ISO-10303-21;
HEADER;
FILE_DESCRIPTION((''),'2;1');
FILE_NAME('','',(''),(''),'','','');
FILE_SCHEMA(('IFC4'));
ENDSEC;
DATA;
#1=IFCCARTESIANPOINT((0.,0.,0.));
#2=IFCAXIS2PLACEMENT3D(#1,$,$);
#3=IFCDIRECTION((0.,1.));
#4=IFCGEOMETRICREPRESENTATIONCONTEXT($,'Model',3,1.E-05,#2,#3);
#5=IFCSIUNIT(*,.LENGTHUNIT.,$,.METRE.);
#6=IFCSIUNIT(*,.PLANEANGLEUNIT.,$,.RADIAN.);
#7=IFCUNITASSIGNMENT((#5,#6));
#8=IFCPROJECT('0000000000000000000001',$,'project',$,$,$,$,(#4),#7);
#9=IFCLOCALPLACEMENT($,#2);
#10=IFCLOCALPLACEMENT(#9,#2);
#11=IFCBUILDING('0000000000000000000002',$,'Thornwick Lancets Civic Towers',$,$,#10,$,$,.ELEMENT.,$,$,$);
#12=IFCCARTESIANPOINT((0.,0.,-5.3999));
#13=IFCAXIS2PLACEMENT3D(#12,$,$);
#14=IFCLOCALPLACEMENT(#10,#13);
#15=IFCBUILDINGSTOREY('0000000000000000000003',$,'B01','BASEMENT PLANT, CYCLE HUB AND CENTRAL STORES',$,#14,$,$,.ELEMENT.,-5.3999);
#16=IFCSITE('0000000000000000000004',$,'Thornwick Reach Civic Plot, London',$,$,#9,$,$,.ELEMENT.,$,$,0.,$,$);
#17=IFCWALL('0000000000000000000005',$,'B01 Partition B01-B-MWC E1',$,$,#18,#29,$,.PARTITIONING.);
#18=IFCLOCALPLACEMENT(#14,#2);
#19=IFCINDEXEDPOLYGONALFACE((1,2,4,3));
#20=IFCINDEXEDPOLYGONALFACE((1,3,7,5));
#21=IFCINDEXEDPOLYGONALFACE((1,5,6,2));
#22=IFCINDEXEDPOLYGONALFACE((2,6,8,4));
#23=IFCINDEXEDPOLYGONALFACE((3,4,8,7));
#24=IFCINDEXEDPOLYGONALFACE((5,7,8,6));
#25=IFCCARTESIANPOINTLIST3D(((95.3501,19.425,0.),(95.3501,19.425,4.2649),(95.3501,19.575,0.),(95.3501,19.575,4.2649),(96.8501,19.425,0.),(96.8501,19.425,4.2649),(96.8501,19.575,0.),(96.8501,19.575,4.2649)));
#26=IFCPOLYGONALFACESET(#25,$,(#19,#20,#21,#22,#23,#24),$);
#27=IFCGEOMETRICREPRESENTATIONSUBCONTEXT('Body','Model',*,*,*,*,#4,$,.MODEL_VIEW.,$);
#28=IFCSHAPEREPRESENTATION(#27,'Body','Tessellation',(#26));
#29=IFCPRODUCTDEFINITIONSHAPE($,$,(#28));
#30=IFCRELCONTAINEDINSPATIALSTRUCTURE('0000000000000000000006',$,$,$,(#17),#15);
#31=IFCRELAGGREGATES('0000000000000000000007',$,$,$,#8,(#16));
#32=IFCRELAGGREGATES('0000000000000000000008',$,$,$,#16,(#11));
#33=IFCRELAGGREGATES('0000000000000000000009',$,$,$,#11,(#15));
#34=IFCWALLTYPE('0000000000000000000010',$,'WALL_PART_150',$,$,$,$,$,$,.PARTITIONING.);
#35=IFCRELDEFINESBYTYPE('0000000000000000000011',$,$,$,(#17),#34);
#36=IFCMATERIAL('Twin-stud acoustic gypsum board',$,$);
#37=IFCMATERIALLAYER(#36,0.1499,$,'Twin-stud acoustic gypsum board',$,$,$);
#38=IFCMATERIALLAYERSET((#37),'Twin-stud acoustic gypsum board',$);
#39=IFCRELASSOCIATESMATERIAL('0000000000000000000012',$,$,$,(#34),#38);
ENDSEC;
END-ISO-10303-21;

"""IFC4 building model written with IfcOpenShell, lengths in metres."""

from ifc_helpers import new_model, si_unit, direction, frame, frame_2d, origin, place, context, subcontext, project, spatial, rectangle, extrude, material, layer, layer_set, type_object, element, save


model = new_model("IFC4")

# Units and contexts
model_context = context("Model", 3, precision=1e-05, world=origin(), true_north=direction((0.0, 1.0)))
body_context = subcontext(model_context, "Body", "Model", "MODEL_VIEW")
ifc_project = project(units=[si_unit("LENGTHUNIT", "METRE"), si_unit("PLANEANGLEUNIT", "RADIAN")], contexts=[model_context])

# Site, building, storey
site_placement = place(None, origin())
site = spatial("IfcSite", under=ifc_project, at=site_placement, Name="Thornwick Reach Civic Plot, London", CompositionType="ELEMENT", RefElevation=0.0)
building_placement = place(site_placement, origin())
building = spatial("IfcBuilding", under=site, at=building_placement, Name="Thornwick Lancets Civic Towers", CompositionType="ELEMENT")
storey_placement = place(building_placement, frame((0.0, 0.0, -5.3999)))
storey = spatial("IfcBuildingStorey", under=building, at=storey_placement, Name="B01", Description="BASEMENT PLANT, CYCLE HUB AND CENTRAL STORES", CompositionType="ELEMENT", Elevation=-5.3999)

# Wall
ifc_material_1 = material(Name="Twin-stud acoustic gypsum board")
ifc_layer_1 = layer(ifc_material_1, 0.1499, Name="Twin-stud acoustic gypsum board")
ifc_layer_set_1 = layer_set([ifc_layer_1], Name="Twin-stud acoustic gypsum board")
wall_type_1 = type_object("IfcWallType", Name="WALL_PART_150", PredefinedType="PARTITIONING", material=ifc_layer_set_1)
wall_1_placement = place(storey_placement, frame((95.3501, 19.5, 0.0), z_axis=(0.0, 0.0, 1.0), x_axis=(1.0, 0.0, 0.0)))
element("IfcWall", 1, at=wall_1_placement, inside=storey, type_object=wall_type_1, Name="B01 Partition B01-B-MWC E1", PredefinedType="PARTITIONING", context=body_context, shape_type="SweptSolid", body=[
    extrude(rectangle(XDim=1.5, YDim=0.1499, at=frame_2d((0.75, 0.0))), origin(), (0.0, 0.0, 1.0), 4.2649),
])

save(model, "model.ifc")
